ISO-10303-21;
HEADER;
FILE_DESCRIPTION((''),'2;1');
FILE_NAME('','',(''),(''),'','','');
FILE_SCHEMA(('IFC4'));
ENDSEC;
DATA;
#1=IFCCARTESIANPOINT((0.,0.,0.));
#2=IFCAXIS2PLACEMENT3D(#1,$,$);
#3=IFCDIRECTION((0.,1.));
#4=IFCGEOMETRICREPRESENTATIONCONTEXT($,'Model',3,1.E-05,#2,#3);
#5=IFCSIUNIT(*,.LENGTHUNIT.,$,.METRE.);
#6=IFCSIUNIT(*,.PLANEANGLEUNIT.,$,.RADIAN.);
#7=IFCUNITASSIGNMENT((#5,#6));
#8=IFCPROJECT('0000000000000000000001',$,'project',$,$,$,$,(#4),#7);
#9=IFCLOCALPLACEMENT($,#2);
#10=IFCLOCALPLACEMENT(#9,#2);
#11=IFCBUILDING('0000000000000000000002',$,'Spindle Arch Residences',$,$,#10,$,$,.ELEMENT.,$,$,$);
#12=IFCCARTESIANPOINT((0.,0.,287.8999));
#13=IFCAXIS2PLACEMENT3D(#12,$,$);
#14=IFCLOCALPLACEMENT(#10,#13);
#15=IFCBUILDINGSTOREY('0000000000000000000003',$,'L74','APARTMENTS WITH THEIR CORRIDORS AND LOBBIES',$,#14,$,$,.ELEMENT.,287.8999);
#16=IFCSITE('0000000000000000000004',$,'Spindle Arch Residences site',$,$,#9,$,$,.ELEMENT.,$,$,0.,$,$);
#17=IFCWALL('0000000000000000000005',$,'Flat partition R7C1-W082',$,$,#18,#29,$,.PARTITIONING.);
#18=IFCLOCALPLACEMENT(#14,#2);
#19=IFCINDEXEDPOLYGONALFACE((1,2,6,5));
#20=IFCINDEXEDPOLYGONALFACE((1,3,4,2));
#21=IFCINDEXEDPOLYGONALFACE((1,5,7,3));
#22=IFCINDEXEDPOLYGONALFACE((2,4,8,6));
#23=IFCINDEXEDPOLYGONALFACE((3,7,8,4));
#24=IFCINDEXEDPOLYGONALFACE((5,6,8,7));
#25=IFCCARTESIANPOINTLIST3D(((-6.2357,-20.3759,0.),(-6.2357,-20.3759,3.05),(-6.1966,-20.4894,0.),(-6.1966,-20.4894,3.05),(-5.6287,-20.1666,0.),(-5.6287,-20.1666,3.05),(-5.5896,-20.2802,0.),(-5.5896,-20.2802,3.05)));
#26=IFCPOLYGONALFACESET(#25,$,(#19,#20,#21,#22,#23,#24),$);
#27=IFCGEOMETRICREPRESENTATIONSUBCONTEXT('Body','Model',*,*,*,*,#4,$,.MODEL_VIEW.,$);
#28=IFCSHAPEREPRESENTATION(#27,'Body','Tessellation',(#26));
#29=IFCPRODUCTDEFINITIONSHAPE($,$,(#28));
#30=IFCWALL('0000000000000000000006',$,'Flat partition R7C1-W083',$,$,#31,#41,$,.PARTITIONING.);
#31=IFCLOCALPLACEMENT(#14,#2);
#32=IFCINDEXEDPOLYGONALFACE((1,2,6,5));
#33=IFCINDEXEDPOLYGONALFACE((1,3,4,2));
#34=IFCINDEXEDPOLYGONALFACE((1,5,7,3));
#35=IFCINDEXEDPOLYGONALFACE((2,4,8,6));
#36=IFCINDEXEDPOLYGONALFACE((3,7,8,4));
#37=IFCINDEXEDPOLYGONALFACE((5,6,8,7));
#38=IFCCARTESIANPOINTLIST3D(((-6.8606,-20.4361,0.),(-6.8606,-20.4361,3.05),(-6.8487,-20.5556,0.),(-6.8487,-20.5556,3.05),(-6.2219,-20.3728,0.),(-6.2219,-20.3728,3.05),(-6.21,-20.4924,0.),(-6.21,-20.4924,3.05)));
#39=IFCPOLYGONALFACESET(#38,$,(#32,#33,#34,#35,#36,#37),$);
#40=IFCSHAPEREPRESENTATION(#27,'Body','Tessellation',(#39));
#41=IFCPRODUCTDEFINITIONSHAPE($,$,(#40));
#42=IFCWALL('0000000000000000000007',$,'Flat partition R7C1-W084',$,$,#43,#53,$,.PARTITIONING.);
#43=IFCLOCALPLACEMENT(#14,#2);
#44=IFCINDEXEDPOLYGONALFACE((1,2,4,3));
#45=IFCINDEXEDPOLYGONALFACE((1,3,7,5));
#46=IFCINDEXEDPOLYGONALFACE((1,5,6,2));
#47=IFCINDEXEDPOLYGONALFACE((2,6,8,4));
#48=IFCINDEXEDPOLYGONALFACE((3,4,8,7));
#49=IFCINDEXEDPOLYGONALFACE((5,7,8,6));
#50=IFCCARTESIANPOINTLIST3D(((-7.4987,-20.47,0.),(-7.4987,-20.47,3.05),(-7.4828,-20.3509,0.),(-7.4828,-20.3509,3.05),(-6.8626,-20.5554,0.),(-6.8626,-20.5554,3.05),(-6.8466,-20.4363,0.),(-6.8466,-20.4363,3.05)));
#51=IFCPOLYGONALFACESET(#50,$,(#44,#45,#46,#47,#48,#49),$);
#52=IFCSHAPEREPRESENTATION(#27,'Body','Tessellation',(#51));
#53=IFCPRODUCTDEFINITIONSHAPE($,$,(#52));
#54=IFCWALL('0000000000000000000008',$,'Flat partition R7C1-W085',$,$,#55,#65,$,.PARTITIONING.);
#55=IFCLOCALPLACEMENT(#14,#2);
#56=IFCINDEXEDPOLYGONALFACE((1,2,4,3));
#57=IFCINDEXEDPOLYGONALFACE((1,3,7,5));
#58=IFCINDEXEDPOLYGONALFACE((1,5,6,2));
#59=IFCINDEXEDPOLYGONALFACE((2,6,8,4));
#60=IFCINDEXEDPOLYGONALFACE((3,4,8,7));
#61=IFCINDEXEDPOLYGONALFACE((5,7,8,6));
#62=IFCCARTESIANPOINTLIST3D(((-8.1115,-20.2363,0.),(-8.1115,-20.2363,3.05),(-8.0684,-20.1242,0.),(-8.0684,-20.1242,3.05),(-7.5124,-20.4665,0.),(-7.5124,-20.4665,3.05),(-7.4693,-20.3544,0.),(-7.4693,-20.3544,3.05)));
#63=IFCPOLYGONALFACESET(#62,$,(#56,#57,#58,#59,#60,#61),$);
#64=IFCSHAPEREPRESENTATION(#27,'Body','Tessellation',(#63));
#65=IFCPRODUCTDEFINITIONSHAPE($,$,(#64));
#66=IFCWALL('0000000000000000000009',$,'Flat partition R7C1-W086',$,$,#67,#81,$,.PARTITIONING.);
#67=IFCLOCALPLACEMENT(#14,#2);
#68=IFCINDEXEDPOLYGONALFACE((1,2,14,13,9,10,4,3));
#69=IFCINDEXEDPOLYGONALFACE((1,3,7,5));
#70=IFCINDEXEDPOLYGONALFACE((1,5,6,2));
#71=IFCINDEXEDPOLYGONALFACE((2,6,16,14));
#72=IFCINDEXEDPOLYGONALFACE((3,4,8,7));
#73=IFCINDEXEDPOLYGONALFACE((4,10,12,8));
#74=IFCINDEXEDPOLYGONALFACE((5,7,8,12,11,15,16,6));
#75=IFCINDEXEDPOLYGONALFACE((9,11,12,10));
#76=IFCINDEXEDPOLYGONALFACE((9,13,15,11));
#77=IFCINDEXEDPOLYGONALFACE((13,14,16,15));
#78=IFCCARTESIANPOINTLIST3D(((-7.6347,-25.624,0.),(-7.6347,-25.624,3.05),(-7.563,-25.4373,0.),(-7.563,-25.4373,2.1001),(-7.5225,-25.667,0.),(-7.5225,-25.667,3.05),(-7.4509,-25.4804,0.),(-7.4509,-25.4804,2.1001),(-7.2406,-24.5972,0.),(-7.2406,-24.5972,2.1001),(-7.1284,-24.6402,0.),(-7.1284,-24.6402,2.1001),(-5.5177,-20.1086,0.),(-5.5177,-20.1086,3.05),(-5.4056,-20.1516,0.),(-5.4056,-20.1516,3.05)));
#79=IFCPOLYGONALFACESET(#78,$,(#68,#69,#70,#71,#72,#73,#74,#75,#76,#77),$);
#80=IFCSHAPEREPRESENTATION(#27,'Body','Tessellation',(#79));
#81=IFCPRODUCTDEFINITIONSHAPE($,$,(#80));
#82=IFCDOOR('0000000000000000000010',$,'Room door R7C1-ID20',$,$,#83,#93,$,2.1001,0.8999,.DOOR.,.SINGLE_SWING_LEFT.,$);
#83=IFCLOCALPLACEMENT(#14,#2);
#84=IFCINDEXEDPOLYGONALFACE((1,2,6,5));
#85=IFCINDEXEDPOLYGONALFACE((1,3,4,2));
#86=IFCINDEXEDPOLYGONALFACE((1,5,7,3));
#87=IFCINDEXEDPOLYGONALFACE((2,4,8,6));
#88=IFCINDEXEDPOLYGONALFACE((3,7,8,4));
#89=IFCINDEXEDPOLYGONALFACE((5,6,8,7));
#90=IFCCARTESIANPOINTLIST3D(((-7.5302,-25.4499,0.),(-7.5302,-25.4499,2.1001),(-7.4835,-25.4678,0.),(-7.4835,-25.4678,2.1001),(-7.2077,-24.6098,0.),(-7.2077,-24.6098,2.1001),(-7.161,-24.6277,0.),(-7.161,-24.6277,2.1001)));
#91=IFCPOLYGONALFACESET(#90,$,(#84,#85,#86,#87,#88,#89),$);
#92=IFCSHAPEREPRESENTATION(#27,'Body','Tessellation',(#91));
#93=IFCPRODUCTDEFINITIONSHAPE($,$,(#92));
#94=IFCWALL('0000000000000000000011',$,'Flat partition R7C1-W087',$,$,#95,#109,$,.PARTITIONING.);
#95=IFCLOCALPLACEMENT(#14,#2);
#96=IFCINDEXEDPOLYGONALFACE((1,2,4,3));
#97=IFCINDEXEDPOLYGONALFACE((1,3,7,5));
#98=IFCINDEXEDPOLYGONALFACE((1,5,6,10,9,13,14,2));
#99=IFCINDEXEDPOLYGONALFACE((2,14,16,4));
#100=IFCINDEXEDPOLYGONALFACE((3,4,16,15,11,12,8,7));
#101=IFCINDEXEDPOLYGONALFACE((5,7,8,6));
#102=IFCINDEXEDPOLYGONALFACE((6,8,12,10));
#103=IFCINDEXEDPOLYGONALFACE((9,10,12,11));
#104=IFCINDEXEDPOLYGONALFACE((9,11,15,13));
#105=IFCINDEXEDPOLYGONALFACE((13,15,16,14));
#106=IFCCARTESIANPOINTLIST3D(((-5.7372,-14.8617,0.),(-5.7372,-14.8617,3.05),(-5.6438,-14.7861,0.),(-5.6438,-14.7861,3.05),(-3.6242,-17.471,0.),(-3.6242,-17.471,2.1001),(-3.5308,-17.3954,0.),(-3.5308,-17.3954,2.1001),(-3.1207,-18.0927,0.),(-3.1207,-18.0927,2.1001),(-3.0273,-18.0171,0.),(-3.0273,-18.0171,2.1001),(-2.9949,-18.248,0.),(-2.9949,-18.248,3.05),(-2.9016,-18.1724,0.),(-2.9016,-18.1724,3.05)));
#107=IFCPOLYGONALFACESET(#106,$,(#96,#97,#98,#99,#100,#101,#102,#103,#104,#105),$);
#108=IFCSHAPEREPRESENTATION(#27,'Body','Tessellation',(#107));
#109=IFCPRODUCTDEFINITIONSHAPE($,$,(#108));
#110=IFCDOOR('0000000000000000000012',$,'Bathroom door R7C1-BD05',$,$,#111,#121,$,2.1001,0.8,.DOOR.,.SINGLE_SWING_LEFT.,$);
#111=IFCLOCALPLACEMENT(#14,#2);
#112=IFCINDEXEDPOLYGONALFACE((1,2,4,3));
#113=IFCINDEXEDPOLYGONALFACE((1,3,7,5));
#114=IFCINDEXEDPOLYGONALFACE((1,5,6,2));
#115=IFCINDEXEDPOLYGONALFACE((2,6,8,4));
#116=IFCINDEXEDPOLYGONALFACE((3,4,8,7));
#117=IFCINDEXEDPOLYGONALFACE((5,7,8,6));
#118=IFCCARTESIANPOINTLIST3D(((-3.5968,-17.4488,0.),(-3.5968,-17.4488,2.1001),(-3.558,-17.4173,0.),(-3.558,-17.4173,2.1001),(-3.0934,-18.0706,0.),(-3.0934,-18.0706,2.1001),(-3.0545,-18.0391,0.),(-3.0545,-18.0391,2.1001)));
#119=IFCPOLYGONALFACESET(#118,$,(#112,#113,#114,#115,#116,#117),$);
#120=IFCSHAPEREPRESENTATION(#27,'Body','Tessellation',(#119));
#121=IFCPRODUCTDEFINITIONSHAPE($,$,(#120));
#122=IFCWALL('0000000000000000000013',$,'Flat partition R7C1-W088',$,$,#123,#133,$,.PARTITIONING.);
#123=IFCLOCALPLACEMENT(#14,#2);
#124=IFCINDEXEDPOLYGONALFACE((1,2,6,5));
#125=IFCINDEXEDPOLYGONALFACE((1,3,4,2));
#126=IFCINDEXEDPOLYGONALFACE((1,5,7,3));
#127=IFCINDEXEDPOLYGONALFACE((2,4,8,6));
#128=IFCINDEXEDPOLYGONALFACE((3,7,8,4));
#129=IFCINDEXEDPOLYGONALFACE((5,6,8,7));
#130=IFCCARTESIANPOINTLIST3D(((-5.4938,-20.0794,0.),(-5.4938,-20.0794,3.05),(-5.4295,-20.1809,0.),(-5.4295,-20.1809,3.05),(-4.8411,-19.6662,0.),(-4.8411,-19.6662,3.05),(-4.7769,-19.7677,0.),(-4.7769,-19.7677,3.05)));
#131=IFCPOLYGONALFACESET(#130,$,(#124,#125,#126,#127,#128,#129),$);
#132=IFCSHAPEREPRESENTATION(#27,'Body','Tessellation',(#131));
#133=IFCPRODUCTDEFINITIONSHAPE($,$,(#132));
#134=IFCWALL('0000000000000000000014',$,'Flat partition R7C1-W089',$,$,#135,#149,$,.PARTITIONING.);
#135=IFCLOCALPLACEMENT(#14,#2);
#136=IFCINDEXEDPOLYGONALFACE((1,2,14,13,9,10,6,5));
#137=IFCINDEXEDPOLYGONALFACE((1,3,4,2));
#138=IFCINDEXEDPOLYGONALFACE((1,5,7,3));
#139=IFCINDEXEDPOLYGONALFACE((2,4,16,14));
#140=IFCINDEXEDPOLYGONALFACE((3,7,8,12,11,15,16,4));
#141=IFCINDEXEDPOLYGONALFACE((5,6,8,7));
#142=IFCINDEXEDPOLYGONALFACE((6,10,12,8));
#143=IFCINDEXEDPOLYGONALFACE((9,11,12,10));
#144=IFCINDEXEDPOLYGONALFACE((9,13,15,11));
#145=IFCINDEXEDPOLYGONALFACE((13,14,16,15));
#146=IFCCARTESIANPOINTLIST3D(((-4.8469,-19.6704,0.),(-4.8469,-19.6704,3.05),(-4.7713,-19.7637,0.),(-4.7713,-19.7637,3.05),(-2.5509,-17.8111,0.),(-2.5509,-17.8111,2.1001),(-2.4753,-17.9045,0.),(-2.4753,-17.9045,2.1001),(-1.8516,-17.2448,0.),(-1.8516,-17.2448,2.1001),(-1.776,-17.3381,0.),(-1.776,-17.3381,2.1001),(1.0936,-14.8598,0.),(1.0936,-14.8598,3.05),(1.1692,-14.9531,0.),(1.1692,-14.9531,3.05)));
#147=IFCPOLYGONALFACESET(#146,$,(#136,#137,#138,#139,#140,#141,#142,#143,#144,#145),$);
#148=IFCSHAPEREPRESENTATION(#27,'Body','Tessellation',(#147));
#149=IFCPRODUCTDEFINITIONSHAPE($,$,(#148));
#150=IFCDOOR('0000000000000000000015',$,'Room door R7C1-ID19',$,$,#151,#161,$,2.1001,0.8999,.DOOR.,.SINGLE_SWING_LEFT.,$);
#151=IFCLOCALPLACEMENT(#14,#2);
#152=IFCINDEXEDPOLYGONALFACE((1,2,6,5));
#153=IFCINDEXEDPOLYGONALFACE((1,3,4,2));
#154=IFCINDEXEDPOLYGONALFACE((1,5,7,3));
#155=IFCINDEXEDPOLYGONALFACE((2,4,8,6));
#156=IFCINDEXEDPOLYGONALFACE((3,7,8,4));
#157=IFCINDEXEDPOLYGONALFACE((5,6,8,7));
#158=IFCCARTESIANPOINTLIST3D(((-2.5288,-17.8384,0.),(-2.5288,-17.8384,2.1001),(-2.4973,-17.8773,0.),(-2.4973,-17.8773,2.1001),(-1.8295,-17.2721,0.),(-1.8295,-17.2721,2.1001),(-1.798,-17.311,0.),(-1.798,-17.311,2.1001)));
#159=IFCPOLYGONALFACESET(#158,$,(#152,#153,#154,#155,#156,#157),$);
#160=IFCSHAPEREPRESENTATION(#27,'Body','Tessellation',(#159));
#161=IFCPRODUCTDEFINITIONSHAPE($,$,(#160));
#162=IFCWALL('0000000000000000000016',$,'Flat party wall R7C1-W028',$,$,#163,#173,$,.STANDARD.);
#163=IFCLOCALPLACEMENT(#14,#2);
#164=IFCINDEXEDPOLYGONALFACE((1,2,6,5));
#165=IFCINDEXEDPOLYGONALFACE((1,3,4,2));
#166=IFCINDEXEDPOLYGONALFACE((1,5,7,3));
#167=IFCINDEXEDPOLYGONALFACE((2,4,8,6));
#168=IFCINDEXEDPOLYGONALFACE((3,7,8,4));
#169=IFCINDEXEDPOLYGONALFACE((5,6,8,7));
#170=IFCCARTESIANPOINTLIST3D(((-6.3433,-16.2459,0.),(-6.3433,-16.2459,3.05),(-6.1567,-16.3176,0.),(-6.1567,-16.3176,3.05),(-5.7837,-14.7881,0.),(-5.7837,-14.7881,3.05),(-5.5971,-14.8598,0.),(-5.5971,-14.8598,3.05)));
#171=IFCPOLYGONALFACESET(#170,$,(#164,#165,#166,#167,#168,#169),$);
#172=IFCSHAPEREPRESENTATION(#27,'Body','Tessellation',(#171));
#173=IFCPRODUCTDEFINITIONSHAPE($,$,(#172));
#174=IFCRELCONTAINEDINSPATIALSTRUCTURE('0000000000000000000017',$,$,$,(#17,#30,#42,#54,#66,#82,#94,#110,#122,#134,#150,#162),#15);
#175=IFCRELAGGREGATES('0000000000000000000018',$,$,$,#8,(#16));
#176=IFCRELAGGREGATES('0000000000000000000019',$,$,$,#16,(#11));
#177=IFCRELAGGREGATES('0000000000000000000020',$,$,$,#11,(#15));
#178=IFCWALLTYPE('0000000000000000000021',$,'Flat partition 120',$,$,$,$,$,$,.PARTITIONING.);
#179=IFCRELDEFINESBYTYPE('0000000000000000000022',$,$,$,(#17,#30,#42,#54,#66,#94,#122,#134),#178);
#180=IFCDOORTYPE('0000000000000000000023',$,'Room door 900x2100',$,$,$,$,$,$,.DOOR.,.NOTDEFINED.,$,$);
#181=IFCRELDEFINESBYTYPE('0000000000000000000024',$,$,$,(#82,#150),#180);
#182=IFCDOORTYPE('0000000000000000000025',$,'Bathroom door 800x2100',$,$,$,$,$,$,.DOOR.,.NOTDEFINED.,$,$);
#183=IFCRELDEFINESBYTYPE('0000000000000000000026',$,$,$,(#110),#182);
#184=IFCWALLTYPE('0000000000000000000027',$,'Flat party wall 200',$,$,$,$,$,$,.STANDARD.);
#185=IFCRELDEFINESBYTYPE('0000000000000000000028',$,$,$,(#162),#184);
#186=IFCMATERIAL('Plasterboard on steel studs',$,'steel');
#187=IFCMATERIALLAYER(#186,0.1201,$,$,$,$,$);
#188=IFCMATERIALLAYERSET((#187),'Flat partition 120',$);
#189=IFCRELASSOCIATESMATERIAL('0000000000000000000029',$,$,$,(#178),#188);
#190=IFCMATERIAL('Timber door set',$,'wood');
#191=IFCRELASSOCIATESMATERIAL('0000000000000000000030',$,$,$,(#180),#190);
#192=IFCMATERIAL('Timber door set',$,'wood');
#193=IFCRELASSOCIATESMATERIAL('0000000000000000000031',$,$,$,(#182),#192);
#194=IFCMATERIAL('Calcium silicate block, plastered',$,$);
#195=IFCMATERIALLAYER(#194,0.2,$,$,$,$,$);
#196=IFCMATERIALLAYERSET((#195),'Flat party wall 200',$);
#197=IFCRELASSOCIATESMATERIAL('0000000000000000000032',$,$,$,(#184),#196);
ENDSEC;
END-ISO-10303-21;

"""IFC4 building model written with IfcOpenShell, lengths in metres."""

from ifc_helpers import new_model, si_unit, direction, frame, frame_2d, origin, place, context, subcontext, project, spatial, rectangle, extrude, material, layer, layer_set, type_object, element, fill, save


model = new_model("IFC4")

# Units and contexts
model_context = context("Model", 3, precision=1e-05, world=origin(), true_north=direction((0.0, 1.0)))
body_context = subcontext(model_context, "Body", "Model", "MODEL_VIEW")
ifc_project = project(units=[si_unit("LENGTHUNIT", "METRE"), si_unit("PLANEANGLEUNIT", "RADIAN")], contexts=[model_context])

# Site, building, storey
site_placement = place(None, origin())
site = spatial("IfcSite", under=ifc_project, at=site_placement, Name="Spindle Arch Residences site", CompositionType="ELEMENT", RefElevation=0.0)
building_placement = place(site_placement, origin())
building = spatial("IfcBuilding", under=site, at=building_placement, Name="Spindle Arch Residences", CompositionType="ELEMENT")
storey_placement = place(building_placement, frame((0.0, 0.0, 287.8999)))
storey = spatial("IfcBuildingStorey", under=building, at=storey_placement, Name="L74", Description="APARTMENTS WITH THEIR CORRIDORS AND LOBBIES", CompositionType="ELEMENT", Elevation=287.8999)

# Walls
ifc_material_1 = material(Name="Plasterboard on steel studs", Category="steel")
ifc_layer_1 = layer(ifc_material_1, 0.1201)
ifc_layer_set_1 = layer_set([ifc_layer_1], Name="Flat partition 120")
wall_type_1 = type_object("IfcWallType", Name="Flat partition 120", PredefinedType="PARTITIONING", material=ifc_layer_set_1)
wall_1_placement = place(storey_placement, frame((-5.6091, -20.2234, 0.0), z_axis=(0.0, 0.0, 1.0), x_axis=(-0.945401, -0.325909, 0.0)))
element("IfcWall", 1, at=wall_1_placement, inside=storey, type_object=wall_type_1, Name="Flat partition R7C1-W082", PredefinedType="PARTITIONING", context=body_context, shape_type="SweptSolid", body=[
    extrude(rectangle(XDim=0.6421, YDim=0.1201, at=frame_2d((0.321, 0.0))), origin(), (0.0, 0.0, 1.0), 3.05),
])
for number, where, z_axis, x_axis, name in (
    (2, (-6.2161, -20.4326, 0.0), (0.0, 0.0, 1.0), (-0.995135, -0.098524, 0.0), "Flat partition R7C1-W083"),
    (3, (-6.8547, -20.4958, 0.0), (0.0, 0.0, 1.0), (-0.991101, 0.13311, 0.0), "Flat partition R7C1-W084"),
    (4, (-7.491, -20.4104, 0.0), (0.0, 0.0, 1.0), (-0.933453, 0.358699, 0.0), "Flat partition R7C1-W085"),
):
    element("IfcWall", number, at=place(storey_placement, frame(where, z_axis=z_axis, x_axis=x_axis)), inside=storey, type_object=wall_type_1, Name=name, PredefinedType="PARTITIONING", context=body_context, shape_type="SweptSolid", body=[
        extrude(rectangle(XDim=0.6418, YDim=0.1201, at=frame_2d((0.3208, 0.0))), origin(), (0.0, 0.0, 1.0), 3.05),
    ])

# Walls, openings, doors
wall_2_placement = place(storey_placement, frame((-7.5786, -25.6455, 0.0), z_axis=(0.0, 0.0, 1.0), x_axis=(0.358337, 0.933592, 0.0)))
wall_2 = element("IfcWall", 5, at=wall_2_placement, inside=storey, type_object=wall_type_1, Name="Flat partition R7C1-W086", PredefinedType="PARTITIONING", context=body_context, shape_type="SweptSolid", body=[
    extrude(rectangle(XDim=5.9077, YDim=0.1201, at=frame_2d((2.9539, 0.0))), origin(), (0.0, 0.0, 1.0), 3.05),
])
opening_1_placement = place(wall_2_placement, frame((0.2, 0.0, 0.0)))
opening_1 = element("IfcOpeningElement", 6, at=opening_1_placement, cuts=wall_2, PredefinedType="OPENING", context=body_context, shape_type="SweptSolid", body=[
    extrude(rectangle(XDim=0.8999, YDim=2.1001, at=frame_2d((0.45, 1.05))), frame((0.0, 0.0701, 0.0), z_axis=(0.0, -1.0, 0.0), x_axis=(1.0, 0.0, 0.0)), (0.0, 0.0, 1.0), 0.1401),
])
ifc_material_2 = material(Name="Timber door set", Category="wood")
door_type_1 = type_object("IfcDoorType", Name="Room door 900x2100", OperationType="NOTDEFINED", PredefinedType="DOOR", material=ifc_material_2)
door_1_placement = place(opening_1_placement, origin())
door_1 = element("IfcDoor", 7, at=door_1_placement, inside=storey, type_object=door_type_1, Name="Room door R7C1-ID20", OperationType="SINGLE_SWING_LEFT", OverallHeight=2.1001, OverallWidth=0.8999, PredefinedType="DOOR", context=body_context, shape_type="SweptSolid", body=[
    extrude(rectangle(XDim=0.8999, YDim=2.1001, at=frame_2d((0.45, 1.05))), frame((0.0, 0.0249, 0.0), z_axis=(0.0, -1.0, 0.0), x_axis=(1.0, 0.0, 0.0)), (0.0, 0.0, 1.0), 0.05),
])
fill(opening_1, door_1)
wall_3_placement = place(storey_placement, frame((-2.9482, -18.2102, 0.0), z_axis=(0.0, 0.0, 1.0), x_axis=(-0.62933, 0.777138, 0.0)))
wall_3 = element("IfcWall", 8, at=wall_3_placement, inside=storey, type_object=wall_type_1, Name="Flat partition R7C1-W087", PredefinedType="PARTITIONING", context=body_context, shape_type="SweptSolid", body=[
    extrude(rectangle(XDim=4.3574, YDim=0.1201, at=frame_2d((2.1787, 0.0))), origin(), (0.0, 0.0, 1.0), 3.05),
])
opening_2_placement = place(wall_3_placement, frame((0.2, 0.0, 0.0)))
opening_2 = element("IfcOpeningElement", 9, at=opening_2_placement, cuts=wall_3, PredefinedType="OPENING", context=body_context, shape_type="SweptSolid", body=[
    extrude(rectangle(XDim=0.8, YDim=2.1001, at=frame_2d((0.3999, 1.05))), frame((0.0, 0.0701, 0.0), z_axis=(0.0, -1.0, 0.0), x_axis=(1.0, 0.0, 0.0)), (0.0, 0.0, 1.0), 0.1401),
])
ifc_material_3 = material(Name="Timber door set", Category="wood")
door_type_2 = type_object("IfcDoorType", Name="Bathroom door 800x2100", OperationType="NOTDEFINED", PredefinedType="DOOR", material=ifc_material_3)
door_2_placement = place(opening_2_placement, origin())
door_2 = element("IfcDoor", 10, at=door_2_placement, inside=storey, type_object=door_type_2, Name="Bathroom door R7C1-BD05", OperationType="SINGLE_SWING_LEFT", OverallHeight=2.1001, OverallWidth=0.8, PredefinedType="DOOR", context=body_context, shape_type="SweptSolid", body=[
    extrude(rectangle(XDim=0.8, YDim=2.1001, at=frame_2d((0.3999, 1.05))), frame((0.0, 0.0249, 0.0), z_axis=(0.0, -1.0, 0.0), x_axis=(1.0, 0.0, 0.0)), (0.0, 0.0, 1.0), 0.05),
])
fill(opening_2, door_2)

# Wall
wall_4_placement = place(storey_placement, frame((-5.4617, -20.1301, 0.0), z_axis=(0.0, 0.0, 1.0), x_axis=(0.844948, 0.534849, 0.0)))
element("IfcWall", 11, at=wall_4_placement, inside=storey, type_object=wall_type_1, Name="Flat partition R7C1-W088", PredefinedType="PARTITIONING", context=body_context, shape_type="SweptSolid", body=[
    extrude(rectangle(XDim=0.7725, YDim=0.1201, at=frame_2d((0.3862, 0.0))), origin(), (0.0, 0.0, 1.0), 3.05),
])

# Wall, opening, door
wall_5_placement = place(storey_placement, frame((-4.8091, -19.717, 0.0), z_axis=(0.0, 0.0, 1.0), x_axis=(0.777141, 0.629327, 0.0)))
wall_5 = element("IfcWall", 12, at=wall_5_placement, inside=storey, type_object=wall_type_1, Name="Flat partition R7C1-W089", PredefinedType="PARTITIONING", context=body_context, shape_type="SweptSolid", body=[
    extrude(rectangle(XDim=7.644, YDim=0.1201, at=frame_2d((3.822, 0.0))), origin(), (0.0, 0.0, 1.0), 3.05),
])
opening_3_placement = place(wall_5_placement, frame((2.9543, 0.0, 0.0)))
opening_3 = element("IfcOpeningElement", 13, at=opening_3_placement, cuts=wall_5, PredefinedType="OPENING", context=body_context, shape_type="SweptSolid", body=[
    extrude(rectangle(XDim=0.8999, YDim=2.1001, at=frame_2d((0.45, 1.05))), frame((0.0, 0.0701, 0.0), z_axis=(0.0, -1.0, 0.0), x_axis=(1.0, 0.0, 0.0)), (0.0, 0.0, 1.0), 0.1401),
])
door_3_placement = place(opening_3_placement, origin())
door_3 = element("IfcDoor", 14, at=door_3_placement, inside=storey, type_object=door_type_1, Name="Room door R7C1-ID19", OperationType="SINGLE_SWING_LEFT", OverallHeight=2.1001, OverallWidth=0.8999, PredefinedType="DOOR", context=body_context, shape_type="SweptSolid", body=[
    extrude(rectangle(XDim=0.8999, YDim=2.1001, at=frame_2d((0.45, 1.05))), frame((0.0, 0.0249, 0.0), z_axis=(0.0, -1.0, 0.0), x_axis=(1.0, 0.0, 0.0)), (0.0, 0.0, 1.0), 0.05),
])
fill(opening_3, door_3)

# Wall
ifc_material_4 = material(Name="Calcium silicate block, plastered")
ifc_layer_2 = layer(ifc_material_4, 0.2)
ifc_layer_set_2 = layer_set([ifc_layer_2], Name="Flat party wall 200")
wall_type_2 = type_object("IfcWallType", Name="Flat party wall 200", PredefinedType="STANDARD", material=ifc_layer_set_2)
wall_6_placement = place(storey_placement, frame((-6.25, -16.2817, 0.0), z_axis=(0.0, 0.0, 1.0), x_axis=(0.358361, 0.933583, 0.0)))
element("IfcWall", 15, at=wall_6_placement, inside=storey, type_object=wall_type_2, Name="Flat party wall R7C1-W028", PredefinedType="STANDARD", context=body_context, shape_type="SweptSolid", body=[
    extrude(rectangle(XDim=1.5615, YDim=0.2, at=frame_2d((0.7808, 0.0))), origin(), (0.0, 0.0, 1.0), 3.05),
])

save(model, "model.ifc")
